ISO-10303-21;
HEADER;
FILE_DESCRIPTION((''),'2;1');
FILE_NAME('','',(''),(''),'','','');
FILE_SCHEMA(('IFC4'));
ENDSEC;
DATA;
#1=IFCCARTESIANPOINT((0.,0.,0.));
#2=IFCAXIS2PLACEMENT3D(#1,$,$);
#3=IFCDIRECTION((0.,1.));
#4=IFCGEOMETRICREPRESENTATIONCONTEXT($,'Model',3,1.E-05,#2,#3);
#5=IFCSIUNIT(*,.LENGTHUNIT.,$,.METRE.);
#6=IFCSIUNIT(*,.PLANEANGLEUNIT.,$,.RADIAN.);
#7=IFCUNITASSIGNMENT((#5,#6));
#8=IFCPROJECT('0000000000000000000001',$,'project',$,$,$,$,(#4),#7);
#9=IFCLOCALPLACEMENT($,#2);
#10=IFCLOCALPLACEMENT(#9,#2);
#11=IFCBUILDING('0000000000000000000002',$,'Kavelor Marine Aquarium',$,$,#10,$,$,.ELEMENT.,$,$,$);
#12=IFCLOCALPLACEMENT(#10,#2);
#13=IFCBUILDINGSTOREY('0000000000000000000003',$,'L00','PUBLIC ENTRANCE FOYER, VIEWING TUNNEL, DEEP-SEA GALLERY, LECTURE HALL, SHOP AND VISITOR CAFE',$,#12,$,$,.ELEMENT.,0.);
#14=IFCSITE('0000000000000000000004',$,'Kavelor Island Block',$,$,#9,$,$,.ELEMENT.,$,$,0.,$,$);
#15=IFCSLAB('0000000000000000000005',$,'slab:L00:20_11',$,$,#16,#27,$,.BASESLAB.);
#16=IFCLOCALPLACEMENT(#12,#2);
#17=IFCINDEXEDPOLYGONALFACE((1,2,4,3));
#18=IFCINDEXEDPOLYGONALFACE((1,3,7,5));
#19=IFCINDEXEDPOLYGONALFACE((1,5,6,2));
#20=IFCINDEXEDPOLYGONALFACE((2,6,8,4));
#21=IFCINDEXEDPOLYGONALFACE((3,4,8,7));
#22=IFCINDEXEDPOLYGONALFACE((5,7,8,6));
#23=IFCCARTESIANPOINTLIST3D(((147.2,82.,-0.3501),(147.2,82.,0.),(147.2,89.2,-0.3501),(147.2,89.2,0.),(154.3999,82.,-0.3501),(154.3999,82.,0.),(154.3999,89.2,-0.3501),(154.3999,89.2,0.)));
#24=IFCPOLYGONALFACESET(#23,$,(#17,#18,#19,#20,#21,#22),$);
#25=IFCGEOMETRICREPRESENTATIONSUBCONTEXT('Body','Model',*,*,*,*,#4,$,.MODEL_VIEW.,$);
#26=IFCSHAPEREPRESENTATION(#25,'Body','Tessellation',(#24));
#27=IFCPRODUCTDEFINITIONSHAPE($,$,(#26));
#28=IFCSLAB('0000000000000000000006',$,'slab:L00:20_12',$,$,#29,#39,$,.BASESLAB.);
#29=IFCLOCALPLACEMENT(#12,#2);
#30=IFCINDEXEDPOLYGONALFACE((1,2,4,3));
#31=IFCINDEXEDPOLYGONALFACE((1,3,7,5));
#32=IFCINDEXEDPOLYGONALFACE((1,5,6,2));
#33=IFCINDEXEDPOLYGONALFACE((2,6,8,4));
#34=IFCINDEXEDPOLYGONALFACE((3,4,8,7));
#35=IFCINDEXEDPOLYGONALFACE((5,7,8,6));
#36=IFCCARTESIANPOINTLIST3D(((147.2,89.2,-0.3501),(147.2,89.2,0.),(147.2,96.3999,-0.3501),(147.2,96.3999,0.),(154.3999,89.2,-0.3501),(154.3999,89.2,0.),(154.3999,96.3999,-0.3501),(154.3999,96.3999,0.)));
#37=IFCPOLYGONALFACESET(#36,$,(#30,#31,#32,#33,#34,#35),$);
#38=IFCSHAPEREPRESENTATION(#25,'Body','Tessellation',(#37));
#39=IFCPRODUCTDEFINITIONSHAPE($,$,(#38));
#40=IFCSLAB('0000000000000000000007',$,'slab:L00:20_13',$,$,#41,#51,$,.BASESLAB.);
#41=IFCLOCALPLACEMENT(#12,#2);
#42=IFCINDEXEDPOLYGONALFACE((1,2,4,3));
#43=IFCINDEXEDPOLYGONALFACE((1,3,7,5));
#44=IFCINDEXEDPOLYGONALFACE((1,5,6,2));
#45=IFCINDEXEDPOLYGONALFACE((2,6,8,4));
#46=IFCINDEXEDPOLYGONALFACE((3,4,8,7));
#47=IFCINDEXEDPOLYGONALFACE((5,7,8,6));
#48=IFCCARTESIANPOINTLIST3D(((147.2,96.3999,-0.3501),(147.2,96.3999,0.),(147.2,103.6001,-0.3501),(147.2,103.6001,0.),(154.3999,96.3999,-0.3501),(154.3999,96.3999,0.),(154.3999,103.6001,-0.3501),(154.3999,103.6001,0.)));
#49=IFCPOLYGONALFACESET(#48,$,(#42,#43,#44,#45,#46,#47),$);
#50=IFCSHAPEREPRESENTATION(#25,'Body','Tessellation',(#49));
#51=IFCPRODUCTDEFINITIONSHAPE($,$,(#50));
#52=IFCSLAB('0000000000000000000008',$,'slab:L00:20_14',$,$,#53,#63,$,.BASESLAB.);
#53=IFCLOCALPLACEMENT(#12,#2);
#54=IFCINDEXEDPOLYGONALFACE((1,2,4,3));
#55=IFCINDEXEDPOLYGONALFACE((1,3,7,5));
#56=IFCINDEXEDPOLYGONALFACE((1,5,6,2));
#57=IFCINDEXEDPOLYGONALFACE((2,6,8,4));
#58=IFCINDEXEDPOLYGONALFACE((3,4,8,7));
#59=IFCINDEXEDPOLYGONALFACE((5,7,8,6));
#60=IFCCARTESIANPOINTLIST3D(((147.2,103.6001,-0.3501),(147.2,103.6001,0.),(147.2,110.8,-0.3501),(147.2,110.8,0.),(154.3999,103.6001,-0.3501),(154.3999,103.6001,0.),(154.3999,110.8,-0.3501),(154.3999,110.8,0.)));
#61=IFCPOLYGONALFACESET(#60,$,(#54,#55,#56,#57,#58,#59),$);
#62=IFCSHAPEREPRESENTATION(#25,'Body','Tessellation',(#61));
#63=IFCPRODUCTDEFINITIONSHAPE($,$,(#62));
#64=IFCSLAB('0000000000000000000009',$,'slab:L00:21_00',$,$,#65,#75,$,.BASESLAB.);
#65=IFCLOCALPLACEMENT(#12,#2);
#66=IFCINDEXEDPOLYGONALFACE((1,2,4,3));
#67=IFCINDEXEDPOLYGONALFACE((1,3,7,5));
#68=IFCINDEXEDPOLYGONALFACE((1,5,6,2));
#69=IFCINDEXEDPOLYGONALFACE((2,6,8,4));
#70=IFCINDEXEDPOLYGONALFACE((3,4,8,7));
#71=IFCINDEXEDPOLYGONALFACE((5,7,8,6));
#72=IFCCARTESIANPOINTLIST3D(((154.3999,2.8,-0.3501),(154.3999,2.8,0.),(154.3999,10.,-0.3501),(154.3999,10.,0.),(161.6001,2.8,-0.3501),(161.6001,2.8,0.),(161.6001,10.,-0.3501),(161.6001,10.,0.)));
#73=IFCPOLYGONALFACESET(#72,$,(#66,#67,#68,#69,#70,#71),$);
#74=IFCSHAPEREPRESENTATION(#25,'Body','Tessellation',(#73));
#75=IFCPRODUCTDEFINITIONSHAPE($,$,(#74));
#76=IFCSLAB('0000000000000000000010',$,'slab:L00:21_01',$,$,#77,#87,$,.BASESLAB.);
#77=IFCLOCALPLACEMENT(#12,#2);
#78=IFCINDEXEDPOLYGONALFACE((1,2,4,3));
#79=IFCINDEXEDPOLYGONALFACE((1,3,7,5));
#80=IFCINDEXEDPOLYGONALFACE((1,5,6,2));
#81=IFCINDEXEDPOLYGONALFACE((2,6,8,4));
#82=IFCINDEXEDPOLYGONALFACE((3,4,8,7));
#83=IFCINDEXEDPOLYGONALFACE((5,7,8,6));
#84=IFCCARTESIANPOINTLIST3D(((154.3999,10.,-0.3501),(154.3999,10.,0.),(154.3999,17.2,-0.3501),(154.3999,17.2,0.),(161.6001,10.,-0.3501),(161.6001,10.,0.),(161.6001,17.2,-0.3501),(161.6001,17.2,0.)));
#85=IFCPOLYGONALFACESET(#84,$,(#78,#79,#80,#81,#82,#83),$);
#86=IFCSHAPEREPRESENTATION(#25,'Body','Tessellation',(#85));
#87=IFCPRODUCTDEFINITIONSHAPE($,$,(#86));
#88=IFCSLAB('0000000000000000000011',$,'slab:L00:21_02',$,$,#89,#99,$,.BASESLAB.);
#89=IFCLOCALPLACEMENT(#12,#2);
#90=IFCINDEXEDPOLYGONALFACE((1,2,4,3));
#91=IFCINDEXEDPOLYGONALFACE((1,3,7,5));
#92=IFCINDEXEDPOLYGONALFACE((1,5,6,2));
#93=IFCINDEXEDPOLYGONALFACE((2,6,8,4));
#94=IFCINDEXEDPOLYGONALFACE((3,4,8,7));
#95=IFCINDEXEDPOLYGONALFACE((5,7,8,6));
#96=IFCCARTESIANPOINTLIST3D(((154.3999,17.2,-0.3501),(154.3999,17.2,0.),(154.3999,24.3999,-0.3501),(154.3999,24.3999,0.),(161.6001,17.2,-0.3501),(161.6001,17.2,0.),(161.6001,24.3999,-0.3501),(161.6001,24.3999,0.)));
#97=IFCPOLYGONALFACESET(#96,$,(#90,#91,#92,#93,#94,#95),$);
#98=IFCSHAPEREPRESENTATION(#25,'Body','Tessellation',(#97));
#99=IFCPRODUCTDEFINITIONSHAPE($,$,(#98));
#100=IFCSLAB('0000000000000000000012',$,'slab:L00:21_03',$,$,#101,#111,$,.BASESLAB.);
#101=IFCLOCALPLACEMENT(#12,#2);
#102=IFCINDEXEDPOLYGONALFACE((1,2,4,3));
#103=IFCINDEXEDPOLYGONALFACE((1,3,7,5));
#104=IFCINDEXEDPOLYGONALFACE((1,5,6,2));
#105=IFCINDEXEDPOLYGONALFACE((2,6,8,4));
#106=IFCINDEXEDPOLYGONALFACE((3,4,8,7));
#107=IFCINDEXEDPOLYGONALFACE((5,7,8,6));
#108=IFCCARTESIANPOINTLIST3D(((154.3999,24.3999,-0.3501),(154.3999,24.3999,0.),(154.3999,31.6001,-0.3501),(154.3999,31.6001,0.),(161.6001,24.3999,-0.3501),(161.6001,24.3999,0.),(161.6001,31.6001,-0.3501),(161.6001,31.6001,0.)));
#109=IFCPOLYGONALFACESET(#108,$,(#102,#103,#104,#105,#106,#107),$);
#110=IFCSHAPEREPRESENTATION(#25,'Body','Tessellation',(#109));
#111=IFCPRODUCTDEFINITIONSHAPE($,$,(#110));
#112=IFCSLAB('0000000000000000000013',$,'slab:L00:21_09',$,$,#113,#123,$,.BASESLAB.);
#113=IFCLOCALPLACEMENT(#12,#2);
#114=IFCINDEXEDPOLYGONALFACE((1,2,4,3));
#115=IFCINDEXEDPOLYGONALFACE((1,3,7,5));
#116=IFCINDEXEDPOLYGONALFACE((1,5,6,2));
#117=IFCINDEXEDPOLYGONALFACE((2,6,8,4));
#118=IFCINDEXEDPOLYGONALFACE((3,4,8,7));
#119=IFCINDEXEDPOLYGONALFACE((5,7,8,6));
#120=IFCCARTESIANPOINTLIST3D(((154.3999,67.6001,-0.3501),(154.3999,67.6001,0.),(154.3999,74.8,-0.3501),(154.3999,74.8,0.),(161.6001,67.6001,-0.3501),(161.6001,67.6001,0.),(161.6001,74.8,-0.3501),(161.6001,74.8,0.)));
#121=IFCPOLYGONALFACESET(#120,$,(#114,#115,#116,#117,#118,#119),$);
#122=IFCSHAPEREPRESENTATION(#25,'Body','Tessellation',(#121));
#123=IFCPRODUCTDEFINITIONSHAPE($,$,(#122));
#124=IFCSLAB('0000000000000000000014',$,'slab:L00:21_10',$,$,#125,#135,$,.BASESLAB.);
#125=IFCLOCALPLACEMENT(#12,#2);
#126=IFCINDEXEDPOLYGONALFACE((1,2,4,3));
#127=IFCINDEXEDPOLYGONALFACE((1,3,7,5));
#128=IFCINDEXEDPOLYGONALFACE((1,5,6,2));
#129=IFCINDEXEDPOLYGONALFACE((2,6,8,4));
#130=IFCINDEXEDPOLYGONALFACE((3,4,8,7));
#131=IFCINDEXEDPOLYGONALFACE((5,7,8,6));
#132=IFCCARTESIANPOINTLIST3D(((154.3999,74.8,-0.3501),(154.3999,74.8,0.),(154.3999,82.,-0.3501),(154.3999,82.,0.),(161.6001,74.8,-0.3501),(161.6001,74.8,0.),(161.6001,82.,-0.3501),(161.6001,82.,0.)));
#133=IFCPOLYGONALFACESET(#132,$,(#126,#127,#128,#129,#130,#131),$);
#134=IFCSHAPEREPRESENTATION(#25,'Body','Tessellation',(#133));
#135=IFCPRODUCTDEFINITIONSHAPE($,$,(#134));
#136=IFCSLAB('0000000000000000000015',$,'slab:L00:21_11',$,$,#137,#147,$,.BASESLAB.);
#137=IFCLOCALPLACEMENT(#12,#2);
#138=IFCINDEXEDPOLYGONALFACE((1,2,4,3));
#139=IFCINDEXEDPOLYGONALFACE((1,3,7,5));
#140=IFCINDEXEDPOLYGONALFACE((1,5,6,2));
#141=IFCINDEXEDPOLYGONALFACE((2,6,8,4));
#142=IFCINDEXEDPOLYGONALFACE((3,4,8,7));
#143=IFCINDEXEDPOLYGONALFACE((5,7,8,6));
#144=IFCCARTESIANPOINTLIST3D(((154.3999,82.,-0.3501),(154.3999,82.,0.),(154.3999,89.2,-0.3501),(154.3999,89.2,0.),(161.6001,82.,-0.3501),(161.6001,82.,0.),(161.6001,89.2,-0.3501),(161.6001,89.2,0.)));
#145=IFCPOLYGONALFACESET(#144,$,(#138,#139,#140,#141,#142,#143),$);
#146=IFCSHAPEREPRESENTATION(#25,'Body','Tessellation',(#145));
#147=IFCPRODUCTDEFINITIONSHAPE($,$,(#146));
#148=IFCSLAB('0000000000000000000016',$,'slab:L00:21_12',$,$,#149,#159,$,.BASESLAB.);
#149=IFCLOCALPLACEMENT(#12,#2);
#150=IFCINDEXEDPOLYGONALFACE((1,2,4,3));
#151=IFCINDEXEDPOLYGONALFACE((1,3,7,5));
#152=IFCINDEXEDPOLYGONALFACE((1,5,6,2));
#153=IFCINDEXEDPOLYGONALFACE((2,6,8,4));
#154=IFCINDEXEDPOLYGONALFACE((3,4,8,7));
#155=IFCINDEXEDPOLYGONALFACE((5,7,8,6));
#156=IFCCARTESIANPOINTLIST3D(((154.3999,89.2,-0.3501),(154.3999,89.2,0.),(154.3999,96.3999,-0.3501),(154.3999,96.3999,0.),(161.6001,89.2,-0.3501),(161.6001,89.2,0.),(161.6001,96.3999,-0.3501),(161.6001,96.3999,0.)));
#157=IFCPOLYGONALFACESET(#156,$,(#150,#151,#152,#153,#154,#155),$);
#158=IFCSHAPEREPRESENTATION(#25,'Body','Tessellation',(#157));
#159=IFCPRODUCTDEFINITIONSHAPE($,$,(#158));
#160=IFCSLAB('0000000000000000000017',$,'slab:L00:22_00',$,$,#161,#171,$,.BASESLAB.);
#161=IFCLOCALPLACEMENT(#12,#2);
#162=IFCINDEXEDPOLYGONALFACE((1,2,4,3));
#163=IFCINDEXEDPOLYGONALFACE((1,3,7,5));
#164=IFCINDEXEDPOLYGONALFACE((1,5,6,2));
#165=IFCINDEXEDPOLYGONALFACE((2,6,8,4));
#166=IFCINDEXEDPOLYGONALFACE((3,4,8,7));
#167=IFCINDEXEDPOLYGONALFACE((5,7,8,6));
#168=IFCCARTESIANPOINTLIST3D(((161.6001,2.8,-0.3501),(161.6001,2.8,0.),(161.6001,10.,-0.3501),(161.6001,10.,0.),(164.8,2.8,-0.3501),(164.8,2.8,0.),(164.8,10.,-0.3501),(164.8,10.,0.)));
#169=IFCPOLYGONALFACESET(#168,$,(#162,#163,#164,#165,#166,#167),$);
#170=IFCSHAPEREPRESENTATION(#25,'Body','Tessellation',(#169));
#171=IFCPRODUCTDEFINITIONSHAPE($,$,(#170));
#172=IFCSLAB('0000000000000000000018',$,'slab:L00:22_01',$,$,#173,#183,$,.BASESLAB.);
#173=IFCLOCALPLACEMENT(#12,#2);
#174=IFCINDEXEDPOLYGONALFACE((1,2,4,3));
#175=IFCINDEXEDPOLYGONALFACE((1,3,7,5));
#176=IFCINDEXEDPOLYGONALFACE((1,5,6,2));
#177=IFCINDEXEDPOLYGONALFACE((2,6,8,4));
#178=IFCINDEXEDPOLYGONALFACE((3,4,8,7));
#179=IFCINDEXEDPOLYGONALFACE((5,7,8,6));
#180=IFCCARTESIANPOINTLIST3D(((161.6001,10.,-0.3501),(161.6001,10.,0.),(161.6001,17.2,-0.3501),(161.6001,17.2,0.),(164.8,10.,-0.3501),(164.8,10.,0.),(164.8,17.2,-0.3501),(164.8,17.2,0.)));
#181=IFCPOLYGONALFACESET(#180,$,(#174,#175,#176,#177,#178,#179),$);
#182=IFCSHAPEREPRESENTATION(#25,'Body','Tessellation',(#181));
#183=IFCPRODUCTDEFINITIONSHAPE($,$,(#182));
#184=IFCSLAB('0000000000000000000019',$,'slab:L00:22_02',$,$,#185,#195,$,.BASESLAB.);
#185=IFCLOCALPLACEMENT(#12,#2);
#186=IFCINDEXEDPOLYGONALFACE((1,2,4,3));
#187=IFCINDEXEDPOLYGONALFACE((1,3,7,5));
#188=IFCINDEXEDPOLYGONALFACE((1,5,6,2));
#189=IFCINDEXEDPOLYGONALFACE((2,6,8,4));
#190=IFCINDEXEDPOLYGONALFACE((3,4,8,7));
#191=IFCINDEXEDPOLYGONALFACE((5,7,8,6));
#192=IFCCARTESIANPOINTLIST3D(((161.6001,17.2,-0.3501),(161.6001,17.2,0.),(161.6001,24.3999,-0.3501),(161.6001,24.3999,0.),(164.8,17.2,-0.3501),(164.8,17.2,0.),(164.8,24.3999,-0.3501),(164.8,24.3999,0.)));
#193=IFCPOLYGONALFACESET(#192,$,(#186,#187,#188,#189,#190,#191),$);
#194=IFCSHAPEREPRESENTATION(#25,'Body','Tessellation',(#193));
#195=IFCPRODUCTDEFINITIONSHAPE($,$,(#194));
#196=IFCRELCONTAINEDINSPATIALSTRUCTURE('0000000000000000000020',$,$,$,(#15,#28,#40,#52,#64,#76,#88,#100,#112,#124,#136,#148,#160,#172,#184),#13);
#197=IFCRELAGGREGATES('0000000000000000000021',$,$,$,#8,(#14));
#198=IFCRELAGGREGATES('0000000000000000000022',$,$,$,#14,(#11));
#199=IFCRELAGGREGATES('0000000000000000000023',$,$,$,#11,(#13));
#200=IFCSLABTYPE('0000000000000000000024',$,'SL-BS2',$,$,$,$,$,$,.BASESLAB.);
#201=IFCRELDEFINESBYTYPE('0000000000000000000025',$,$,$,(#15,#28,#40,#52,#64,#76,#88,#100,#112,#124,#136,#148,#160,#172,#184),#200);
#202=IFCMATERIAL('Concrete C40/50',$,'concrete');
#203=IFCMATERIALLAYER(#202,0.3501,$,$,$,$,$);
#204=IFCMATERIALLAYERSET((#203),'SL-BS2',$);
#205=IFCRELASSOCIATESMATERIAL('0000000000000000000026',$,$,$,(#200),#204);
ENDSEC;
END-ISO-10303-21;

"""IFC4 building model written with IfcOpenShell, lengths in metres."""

from ifc_helpers import new_model, si_unit, direction, frame, origin, place, context, subcontext, project, spatial, polyline, outline, extrude, material, layer, layer_set, type_object, element, save


model = new_model("IFC4")

# Units and contexts
model_context = context("Model", 3, precision=1e-05, world=origin(), true_north=direction((0.0, 1.0)))
body_context = subcontext(model_context, "Body", "Model", "MODEL_VIEW")
ifc_project = project(units=[si_unit("LENGTHUNIT", "METRE"), si_unit("PLANEANGLEUNIT", "RADIAN")], contexts=[model_context])

# Site, building, storey
site_placement = place(None, origin())
site = spatial("IfcSite", under=ifc_project, at=site_placement, Name="Kavelor Island Block", CompositionType="ELEMENT", RefElevation=0.0)
building_placement = place(site_placement, origin())
building = spatial("IfcBuilding", under=site, at=building_placement, Name="Kavelor Marine Aquarium", CompositionType="ELEMENT")
storey_placement = place(building_placement, origin())
storey = spatial("IfcBuildingStorey", under=building, at=storey_placement, Name="L00", Description="PUBLIC ENTRANCE FOYER, VIEWING TUNNEL, DEEP-SEA GALLERY, LECTURE HALL, SHOP AND VISITOR CAFE", CompositionType="ELEMENT", Elevation=0.0)

# Slabs
ifc_material_1 = material(Name="Concrete C40/50", Category="concrete")
ifc_layer_1 = layer(ifc_material_1, 0.3501)
ifc_layer_set_1 = layer_set([ifc_layer_1], Name="SL-BS2")
slab_type_1 = type_object("IfcSlabType", Name="SL-BS2", PredefinedType="BASESLAB", material=ifc_layer_set_1)
slab_1_placement = place(storey_placement, frame((0.0, 0.0, -0.3501)))
element("IfcSlab", 1, at=slab_1_placement, inside=storey, type_object=slab_type_1, Name="slab:L00:20_11", PredefinedType="BASESLAB", context=body_context, shape_type="SweptSolid", body=[
    extrude(outline(polyline([(147.2, 82.0), (154.3999, 82.0), (154.3999, 89.2), (147.2, 89.2), (147.2, 82.0)])), origin(), (0.0, 0.0, 1.0), 0.3501),
])
slab_2_placement = place(storey_placement, frame((0.0, 0.0, -0.3501)))
element("IfcSlab", 2, at=slab_2_placement, inside=storey, type_object=slab_type_1, Name="slab:L00:20_12", PredefinedType="BASESLAB", context=body_context, shape_type="SweptSolid", body=[
    extrude(outline(polyline([(147.2, 89.2), (154.3999, 89.2), (154.3999, 96.3999), (147.2, 96.3999), (147.2, 89.2)])), origin(), (0.0, 0.0, 1.0), 0.3501),
])
slab_3_placement = place(storey_placement, frame((0.0, 0.0, -0.3501)))
element("IfcSlab", 3, at=slab_3_placement, inside=storey, type_object=slab_type_1, Name="slab:L00:20_13", PredefinedType="BASESLAB", context=body_context, shape_type="SweptSolid", body=[
    extrude(outline(polyline([(147.2, 96.3999), (154.3999, 96.3999), (154.3999, 103.6001), (147.2, 103.6001), (147.2, 96.3999)])), origin(), (0.0, 0.0, 1.0), 0.3501),
])
slab_4_placement = place(storey_placement, frame((0.0, 0.0, -0.3501)))
element("IfcSlab", 4, at=slab_4_placement, inside=storey, type_object=slab_type_1, Name="slab:L00:20_14", PredefinedType="BASESLAB", context=body_context, shape_type="SweptSolid", body=[
    extrude(outline(polyline([(147.2, 103.6001), (154.3999, 103.6001), (154.3999, 110.8), (147.2, 110.8), (147.2, 103.6001)])), origin(), (0.0, 0.0, 1.0), 0.3501),
])
slab_5_placement = place(storey_placement, frame((0.0, 0.0, -0.3501)))
element("IfcSlab", 5, at=slab_5_placement, inside=storey, type_object=slab_type_1, Name="slab:L00:21_00", PredefinedType="BASESLAB", context=body_context, shape_type="SweptSolid", body=[
    extrude(outline(polyline([(154.3999, 2.8), (161.6001, 2.8), (161.6001, 10.0), (154.3999, 10.0), (154.3999, 2.8)])), origin(), (0.0, 0.0, 1.0), 0.3501),
])
slab_6_placement = place(storey_placement, frame((0.0, 0.0, -0.3501)))
element("IfcSlab", 6, at=slab_6_placement, inside=storey, type_object=slab_type_1, Name="slab:L00:21_01", PredefinedType="BASESLAB", context=body_context, shape_type="SweptSolid", body=[
    extrude(outline(polyline([(154.3999, 10.0), (161.6001, 10.0), (161.6001, 17.2), (154.3999, 17.2), (154.3999, 10.0)])), origin(), (0.0, 0.0, 1.0), 0.3501),
])
slab_7_placement = place(storey_placement, frame((0.0, 0.0, -0.3501)))
element("IfcSlab", 7, at=slab_7_placement, inside=storey, type_object=slab_type_1, Name="slab:L00:21_02", PredefinedType="BASESLAB", context=body_context, shape_type="SweptSolid", body=[
    extrude(outline(polyline([(154.3999, 17.2), (161.6001, 17.2), (161.6001, 24.3999), (154.3999, 24.3999), (154.3999, 17.2)])), origin(), (0.0, 0.0, 1.0), 0.3501),
])
slab_8_placement = place(storey_placement, frame((0.0, 0.0, -0.3501)))
element("IfcSlab", 8, at=slab_8_placement, inside=storey, type_object=slab_type_1, Name="slab:L00:21_03", PredefinedType="BASESLAB", context=body_context, shape_type="SweptSolid", body=[
    extrude(outline(polyline([(154.3999, 24.3999), (161.6001, 24.3999), (161.6001, 31.6001), (154.3999, 31.6001), (154.3999, 24.3999)])), origin(), (0.0, 0.0, 1.0), 0.3501),
])
slab_9_placement = place(storey_placement, frame((0.0, 0.0, -0.3501)))
element("IfcSlab", 9, at=slab_9_placement, inside=storey, type_object=slab_type_1, Name="slab:L00:21_09", PredefinedType="BASESLAB", context=body_context, shape_type="SweptSolid", body=[
    extrude(outline(polyline([(154.3999, 67.6001), (161.6001, 67.6001), (161.6001, 74.8), (154.3999, 74.8), (154.3999, 67.6001)])), origin(), (0.0, 0.0, 1.0), 0.3501),
])
slab_10_placement = place(storey_placement, frame((0.0, 0.0, -0.3501)))
element("IfcSlab", 10, at=slab_10_placement, inside=storey, type_object=slab_type_1, Name="slab:L00:21_10", PredefinedType="BASESLAB", context=body_context, shape_type="SweptSolid", body=[
    extrude(outline(polyline([(154.3999, 74.8), (161.6001, 74.8), (161.6001, 82.0), (154.3999, 82.0), (154.3999, 74.8)])), origin(), (0.0, 0.0, 1.0), 0.3501),
])
slab_11_placement = place(storey_placement, frame((0.0, 0.0, -0.3501)))
element("IfcSlab", 11, at=slab_11_placement, inside=storey, type_object=slab_type_1, Name="slab:L00:21_11", PredefinedType="BASESLAB", context=body_context, shape_type="SweptSolid", body=[
    extrude(outline(polyline([(154.3999, 82.0), (161.6001, 82.0), (161.6001, 89.2), (154.3999, 89.2), (154.3999, 82.0)])), origin(), (0.0, 0.0, 1.0), 0.3501),
])
slab_12_placement = place(storey_placement, frame((0.0, 0.0, -0.3501)))
element("IfcSlab", 12, at=slab_12_placement, inside=storey, type_object=slab_type_1, Name="slab:L00:21_12", PredefinedType="BASESLAB", context=body_context, shape_type="SweptSolid", body=[
    extrude(outline(polyline([(154.3999, 89.2), (161.6001, 89.2), (161.6001, 96.3999), (154.3999, 96.3999), (154.3999, 89.2)])), origin(), (0.0, 0.0, 1.0), 0.3501),
])
slab_13_placement = place(storey_placement, frame((0.0, 0.0, -0.3501)))
element("IfcSlab", 13, at=slab_13_placement, inside=storey, type_object=slab_type_1, Name="slab:L00:22_00", PredefinedType="BASESLAB", context=body_context, shape_type="SweptSolid", body=[
    extrude(outline(polyline([(161.6001, 2.8), (164.8, 2.8), (164.8, 10.0), (161.6001, 10.0), (161.6001, 2.8)])), origin(), (0.0, 0.0, 1.0), 0.3501),
])
slab_14_placement = place(storey_placement, frame((0.0, 0.0, -0.3501)))
element("IfcSlab", 14, at=slab_14_placement, inside=storey, type_object=slab_type_1, Name="slab:L00:22_01", PredefinedType="BASESLAB", context=body_context, shape_type="SweptSolid", body=[
    extrude(outline(polyline([(161.6001, 10.0), (164.8, 10.0), (164.8, 17.2), (161.6001, 17.2), (161.6001, 10.0)])), origin(), (0.0, 0.0, 1.0), 0.3501),
])
slab_15_placement = place(storey_placement, frame((0.0, 0.0, -0.3501)))
element("IfcSlab", 15, at=slab_15_placement, inside=storey, type_object=slab_type_1, Name="slab:L00:22_02", PredefinedType="BASESLAB", context=body_context, shape_type="SweptSolid", body=[
    extrude(outline(polyline([(161.6001, 17.2), (164.8, 17.2), (164.8, 24.3999), (161.6001, 24.3999), (161.6001, 17.2)])), origin(), (0.0, 0.0, 1.0), 0.3501),
])

save(model, "model.ifc")
